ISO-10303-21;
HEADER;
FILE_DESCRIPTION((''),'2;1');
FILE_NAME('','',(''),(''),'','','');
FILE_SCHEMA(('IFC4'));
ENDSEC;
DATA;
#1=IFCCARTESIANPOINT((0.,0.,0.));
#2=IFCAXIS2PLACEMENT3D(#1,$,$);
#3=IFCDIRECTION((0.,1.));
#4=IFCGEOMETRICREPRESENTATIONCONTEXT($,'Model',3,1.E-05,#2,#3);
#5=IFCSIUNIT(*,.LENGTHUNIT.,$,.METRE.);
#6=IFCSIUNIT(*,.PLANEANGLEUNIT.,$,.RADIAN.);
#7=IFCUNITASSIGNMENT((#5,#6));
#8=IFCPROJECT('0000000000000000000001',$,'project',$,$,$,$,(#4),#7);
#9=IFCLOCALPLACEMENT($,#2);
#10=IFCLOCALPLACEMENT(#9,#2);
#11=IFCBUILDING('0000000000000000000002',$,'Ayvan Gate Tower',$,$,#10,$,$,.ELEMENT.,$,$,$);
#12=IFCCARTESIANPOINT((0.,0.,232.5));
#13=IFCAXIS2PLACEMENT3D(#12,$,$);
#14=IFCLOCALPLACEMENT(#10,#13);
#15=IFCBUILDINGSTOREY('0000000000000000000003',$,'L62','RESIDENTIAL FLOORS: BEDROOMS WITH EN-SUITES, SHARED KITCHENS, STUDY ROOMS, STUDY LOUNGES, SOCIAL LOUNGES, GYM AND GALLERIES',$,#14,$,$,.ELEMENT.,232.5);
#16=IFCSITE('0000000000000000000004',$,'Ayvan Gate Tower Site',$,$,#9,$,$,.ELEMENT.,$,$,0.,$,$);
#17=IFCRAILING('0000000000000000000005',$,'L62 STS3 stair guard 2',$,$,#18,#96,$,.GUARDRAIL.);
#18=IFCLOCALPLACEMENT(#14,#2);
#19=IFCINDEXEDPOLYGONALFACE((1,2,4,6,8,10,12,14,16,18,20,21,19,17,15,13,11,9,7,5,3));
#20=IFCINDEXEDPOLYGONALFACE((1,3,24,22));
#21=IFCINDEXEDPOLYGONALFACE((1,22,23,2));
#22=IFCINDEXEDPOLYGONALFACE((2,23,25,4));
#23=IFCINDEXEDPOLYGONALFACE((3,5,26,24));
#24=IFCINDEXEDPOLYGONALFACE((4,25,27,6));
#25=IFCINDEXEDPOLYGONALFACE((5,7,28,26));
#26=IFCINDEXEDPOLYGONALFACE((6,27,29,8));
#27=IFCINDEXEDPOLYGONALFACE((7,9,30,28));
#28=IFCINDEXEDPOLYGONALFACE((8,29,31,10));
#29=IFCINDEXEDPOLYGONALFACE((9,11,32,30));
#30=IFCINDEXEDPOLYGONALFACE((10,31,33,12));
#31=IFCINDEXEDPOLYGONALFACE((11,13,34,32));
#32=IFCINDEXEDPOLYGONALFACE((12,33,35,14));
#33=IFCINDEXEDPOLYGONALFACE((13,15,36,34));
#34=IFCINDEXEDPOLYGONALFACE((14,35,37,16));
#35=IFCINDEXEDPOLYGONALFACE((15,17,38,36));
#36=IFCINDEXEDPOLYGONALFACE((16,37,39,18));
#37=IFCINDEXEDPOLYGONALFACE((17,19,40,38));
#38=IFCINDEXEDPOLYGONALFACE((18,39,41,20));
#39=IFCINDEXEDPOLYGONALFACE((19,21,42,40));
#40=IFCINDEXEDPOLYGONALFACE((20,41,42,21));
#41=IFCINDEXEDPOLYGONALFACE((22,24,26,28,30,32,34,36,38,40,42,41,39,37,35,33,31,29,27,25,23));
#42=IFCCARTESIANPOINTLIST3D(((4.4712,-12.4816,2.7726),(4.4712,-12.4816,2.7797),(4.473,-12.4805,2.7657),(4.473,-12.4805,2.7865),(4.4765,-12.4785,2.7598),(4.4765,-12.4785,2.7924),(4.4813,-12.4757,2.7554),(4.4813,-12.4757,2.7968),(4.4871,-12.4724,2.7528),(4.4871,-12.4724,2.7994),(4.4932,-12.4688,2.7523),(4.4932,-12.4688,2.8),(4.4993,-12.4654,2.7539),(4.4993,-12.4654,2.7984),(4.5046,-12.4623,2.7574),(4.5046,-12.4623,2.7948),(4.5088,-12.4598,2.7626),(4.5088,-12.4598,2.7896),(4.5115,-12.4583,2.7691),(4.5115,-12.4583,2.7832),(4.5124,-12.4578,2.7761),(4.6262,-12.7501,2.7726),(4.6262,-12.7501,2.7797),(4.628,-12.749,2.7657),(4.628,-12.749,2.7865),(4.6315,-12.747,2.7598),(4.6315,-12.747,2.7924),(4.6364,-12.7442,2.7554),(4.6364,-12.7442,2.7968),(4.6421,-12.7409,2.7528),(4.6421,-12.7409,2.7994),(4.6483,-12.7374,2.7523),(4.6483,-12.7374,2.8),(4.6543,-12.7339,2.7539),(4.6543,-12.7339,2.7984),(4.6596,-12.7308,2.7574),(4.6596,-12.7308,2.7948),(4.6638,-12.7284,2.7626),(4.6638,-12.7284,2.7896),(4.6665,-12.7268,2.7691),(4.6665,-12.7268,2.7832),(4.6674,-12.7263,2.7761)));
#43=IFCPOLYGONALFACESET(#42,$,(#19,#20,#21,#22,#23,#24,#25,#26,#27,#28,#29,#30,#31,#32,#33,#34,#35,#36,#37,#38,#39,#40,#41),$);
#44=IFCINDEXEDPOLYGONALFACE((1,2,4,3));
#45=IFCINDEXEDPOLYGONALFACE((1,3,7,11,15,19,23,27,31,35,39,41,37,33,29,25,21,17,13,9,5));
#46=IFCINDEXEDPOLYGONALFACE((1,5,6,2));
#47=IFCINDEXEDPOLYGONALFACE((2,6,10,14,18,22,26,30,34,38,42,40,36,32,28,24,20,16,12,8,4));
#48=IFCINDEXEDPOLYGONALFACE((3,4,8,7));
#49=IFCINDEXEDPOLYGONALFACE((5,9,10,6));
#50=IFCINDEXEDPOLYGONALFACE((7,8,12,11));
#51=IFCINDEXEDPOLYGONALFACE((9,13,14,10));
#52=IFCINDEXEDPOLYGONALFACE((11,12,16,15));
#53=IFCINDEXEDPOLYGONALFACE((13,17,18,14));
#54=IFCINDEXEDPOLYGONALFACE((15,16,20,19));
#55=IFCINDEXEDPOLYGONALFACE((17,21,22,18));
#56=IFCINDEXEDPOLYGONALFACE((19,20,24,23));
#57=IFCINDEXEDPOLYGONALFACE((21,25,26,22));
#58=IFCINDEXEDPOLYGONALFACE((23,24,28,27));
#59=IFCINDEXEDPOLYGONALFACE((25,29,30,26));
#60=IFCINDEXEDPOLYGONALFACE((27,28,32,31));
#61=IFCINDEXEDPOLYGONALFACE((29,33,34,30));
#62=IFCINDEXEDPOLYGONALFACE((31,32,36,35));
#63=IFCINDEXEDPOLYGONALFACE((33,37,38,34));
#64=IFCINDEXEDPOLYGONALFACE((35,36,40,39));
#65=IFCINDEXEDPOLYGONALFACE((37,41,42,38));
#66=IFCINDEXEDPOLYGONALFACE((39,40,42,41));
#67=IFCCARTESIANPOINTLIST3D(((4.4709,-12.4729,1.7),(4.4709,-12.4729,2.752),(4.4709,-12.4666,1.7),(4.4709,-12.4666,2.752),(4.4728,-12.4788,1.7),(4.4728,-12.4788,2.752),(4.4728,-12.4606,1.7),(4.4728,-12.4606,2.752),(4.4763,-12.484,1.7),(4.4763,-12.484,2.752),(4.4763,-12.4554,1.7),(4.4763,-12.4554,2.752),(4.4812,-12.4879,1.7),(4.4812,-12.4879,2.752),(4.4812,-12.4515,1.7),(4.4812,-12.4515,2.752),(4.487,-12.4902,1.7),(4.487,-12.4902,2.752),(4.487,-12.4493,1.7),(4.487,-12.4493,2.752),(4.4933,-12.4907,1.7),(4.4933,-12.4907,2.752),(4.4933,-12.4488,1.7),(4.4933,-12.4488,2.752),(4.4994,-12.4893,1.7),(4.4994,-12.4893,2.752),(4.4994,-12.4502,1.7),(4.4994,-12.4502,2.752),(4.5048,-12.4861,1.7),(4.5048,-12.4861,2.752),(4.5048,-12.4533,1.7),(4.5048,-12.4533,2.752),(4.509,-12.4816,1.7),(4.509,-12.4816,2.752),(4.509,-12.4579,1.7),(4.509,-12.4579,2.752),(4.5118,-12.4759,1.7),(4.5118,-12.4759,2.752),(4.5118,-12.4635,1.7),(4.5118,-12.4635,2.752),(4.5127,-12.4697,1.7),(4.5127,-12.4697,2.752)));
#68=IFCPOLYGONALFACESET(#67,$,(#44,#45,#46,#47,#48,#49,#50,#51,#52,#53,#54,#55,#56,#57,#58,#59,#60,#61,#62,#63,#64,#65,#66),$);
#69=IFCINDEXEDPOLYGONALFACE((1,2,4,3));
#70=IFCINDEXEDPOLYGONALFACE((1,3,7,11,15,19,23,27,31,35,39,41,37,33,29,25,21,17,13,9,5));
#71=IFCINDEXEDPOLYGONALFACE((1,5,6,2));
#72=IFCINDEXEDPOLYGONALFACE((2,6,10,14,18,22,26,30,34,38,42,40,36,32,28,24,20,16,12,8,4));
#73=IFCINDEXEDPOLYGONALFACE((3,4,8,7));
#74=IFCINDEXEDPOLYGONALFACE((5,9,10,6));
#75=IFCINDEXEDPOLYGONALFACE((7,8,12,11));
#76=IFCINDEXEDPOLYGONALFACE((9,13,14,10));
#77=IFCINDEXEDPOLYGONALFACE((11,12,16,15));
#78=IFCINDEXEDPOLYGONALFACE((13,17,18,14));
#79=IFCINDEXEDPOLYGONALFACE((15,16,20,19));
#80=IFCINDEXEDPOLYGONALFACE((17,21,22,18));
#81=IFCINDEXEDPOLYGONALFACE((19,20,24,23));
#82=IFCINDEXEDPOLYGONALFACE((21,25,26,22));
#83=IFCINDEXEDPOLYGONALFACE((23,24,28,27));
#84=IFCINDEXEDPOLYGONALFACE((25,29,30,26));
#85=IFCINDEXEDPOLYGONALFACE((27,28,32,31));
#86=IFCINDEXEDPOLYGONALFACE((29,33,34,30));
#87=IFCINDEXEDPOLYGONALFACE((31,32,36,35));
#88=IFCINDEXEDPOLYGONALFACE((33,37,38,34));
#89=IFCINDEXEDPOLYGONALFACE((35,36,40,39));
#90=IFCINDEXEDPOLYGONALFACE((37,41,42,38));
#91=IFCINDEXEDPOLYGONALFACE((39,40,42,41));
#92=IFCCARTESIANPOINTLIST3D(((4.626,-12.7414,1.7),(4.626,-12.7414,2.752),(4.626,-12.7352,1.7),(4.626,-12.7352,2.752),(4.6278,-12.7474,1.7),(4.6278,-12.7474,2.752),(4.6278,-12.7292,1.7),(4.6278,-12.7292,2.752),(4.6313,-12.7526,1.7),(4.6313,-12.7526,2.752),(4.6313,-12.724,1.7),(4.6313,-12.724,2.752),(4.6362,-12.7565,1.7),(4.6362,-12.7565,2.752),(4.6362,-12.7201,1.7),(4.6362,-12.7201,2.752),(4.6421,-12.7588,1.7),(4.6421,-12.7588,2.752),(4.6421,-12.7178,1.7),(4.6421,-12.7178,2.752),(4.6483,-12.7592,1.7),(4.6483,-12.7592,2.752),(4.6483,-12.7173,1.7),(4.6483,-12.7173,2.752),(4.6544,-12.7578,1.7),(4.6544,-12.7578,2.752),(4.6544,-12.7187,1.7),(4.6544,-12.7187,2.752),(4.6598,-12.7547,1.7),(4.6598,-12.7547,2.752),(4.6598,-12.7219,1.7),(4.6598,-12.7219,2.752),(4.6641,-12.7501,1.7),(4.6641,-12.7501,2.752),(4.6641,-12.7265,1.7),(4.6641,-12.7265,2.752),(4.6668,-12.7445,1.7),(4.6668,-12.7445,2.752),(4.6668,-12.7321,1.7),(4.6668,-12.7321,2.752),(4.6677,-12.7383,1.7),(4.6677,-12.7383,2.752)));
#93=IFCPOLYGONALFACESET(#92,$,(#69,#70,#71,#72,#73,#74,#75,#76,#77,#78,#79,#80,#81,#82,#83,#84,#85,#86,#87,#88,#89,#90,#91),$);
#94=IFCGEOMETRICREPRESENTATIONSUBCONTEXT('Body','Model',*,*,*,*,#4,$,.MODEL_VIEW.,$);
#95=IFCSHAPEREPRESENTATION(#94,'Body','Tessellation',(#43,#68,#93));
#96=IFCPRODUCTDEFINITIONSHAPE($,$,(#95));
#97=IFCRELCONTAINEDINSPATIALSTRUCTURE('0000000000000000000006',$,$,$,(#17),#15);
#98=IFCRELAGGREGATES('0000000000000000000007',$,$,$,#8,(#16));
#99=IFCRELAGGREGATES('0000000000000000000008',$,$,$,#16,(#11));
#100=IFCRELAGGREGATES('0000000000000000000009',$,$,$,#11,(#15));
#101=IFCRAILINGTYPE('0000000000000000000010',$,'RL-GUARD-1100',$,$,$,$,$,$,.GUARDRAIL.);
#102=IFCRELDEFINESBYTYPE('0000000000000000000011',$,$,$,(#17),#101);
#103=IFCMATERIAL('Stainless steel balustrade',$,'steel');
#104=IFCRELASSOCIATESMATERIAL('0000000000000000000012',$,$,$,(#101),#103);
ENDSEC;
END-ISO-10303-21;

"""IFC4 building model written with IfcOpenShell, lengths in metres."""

from ifc_helpers import new_model, si_unit, direction, frame, origin, origin_2d, place, context, subcontext, project, spatial, circle, extrude, material, type_object, element, save


model = new_model("IFC4")

# Units and contexts
model_context = context("Model", 3, precision=1e-05, world=origin(), true_north=direction((0.0, 1.0)))
body_context = subcontext(model_context, "Body", "Model", "MODEL_VIEW")
ifc_project = project(units=[si_unit("LENGTHUNIT", "METRE"), si_unit("PLANEANGLEUNIT", "RADIAN")], contexts=[model_context])

# Site, building, storey
site_placement = place(None, origin())
site = spatial("IfcSite", under=ifc_project, at=site_placement, Name="Ayvan Gate Tower Site", CompositionType="ELEMENT", RefElevation=0.0)
building_placement = place(site_placement, origin())
building = spatial("IfcBuilding", under=site, at=building_placement, Name="Ayvan Gate Tower", CompositionType="ELEMENT")
storey_placement = place(building_placement, frame((0.0, 0.0, 232.5)))
storey = spatial("IfcBuildingStorey", under=building, at=storey_placement, Name="L62", Description="RESIDENTIAL FLOORS: BEDROOMS WITH EN-SUITES, SHARED KITCHENS, STUDY ROOMS, STUDY LOUNGES, SOCIAL LOUNGES, GYM AND GALLERIES", CompositionType="ELEMENT", Elevation=232.5)

# Railing
ifc_material_1 = material(Name="Stainless steel balustrade", Category="steel")
railing_type_1 = type_object("IfcRailingType", Name="RL-GUARD-1100", PredefinedType="GUARDRAIL", material=ifc_material_1)
railing_1_placement = place(storey_placement, frame((4.4917, -12.4697, 1.7)))
element("IfcRailing", 1, at=railing_1_placement, inside=storey, type_object=railing_type_1, Name="L62 STS3 stair guard 2", PredefinedType="GUARDRAIL", context=body_context, shape_type="SweptSolid", body=[
    extrude(circle(Radius=0.0239, at=origin_2d()), frame((0.0, 0.0, 1.0762), z_axis=(0.49995, -0.866054, 0.0), x_axis=(0.866054, 0.49995, 0.0)), (0.0, 0.0, 1.0), 0.3101),
    extrude(circle(Radius=0.021, at=origin_2d()), origin(), (0.0, 0.0, 1.0), 1.052),
    extrude(circle(Radius=0.021, at=origin_2d()), frame((0.155, -0.2686, 0.0)), (0.0, 0.0, 1.0), 1.052),
])

save(model, "model.ifc")
